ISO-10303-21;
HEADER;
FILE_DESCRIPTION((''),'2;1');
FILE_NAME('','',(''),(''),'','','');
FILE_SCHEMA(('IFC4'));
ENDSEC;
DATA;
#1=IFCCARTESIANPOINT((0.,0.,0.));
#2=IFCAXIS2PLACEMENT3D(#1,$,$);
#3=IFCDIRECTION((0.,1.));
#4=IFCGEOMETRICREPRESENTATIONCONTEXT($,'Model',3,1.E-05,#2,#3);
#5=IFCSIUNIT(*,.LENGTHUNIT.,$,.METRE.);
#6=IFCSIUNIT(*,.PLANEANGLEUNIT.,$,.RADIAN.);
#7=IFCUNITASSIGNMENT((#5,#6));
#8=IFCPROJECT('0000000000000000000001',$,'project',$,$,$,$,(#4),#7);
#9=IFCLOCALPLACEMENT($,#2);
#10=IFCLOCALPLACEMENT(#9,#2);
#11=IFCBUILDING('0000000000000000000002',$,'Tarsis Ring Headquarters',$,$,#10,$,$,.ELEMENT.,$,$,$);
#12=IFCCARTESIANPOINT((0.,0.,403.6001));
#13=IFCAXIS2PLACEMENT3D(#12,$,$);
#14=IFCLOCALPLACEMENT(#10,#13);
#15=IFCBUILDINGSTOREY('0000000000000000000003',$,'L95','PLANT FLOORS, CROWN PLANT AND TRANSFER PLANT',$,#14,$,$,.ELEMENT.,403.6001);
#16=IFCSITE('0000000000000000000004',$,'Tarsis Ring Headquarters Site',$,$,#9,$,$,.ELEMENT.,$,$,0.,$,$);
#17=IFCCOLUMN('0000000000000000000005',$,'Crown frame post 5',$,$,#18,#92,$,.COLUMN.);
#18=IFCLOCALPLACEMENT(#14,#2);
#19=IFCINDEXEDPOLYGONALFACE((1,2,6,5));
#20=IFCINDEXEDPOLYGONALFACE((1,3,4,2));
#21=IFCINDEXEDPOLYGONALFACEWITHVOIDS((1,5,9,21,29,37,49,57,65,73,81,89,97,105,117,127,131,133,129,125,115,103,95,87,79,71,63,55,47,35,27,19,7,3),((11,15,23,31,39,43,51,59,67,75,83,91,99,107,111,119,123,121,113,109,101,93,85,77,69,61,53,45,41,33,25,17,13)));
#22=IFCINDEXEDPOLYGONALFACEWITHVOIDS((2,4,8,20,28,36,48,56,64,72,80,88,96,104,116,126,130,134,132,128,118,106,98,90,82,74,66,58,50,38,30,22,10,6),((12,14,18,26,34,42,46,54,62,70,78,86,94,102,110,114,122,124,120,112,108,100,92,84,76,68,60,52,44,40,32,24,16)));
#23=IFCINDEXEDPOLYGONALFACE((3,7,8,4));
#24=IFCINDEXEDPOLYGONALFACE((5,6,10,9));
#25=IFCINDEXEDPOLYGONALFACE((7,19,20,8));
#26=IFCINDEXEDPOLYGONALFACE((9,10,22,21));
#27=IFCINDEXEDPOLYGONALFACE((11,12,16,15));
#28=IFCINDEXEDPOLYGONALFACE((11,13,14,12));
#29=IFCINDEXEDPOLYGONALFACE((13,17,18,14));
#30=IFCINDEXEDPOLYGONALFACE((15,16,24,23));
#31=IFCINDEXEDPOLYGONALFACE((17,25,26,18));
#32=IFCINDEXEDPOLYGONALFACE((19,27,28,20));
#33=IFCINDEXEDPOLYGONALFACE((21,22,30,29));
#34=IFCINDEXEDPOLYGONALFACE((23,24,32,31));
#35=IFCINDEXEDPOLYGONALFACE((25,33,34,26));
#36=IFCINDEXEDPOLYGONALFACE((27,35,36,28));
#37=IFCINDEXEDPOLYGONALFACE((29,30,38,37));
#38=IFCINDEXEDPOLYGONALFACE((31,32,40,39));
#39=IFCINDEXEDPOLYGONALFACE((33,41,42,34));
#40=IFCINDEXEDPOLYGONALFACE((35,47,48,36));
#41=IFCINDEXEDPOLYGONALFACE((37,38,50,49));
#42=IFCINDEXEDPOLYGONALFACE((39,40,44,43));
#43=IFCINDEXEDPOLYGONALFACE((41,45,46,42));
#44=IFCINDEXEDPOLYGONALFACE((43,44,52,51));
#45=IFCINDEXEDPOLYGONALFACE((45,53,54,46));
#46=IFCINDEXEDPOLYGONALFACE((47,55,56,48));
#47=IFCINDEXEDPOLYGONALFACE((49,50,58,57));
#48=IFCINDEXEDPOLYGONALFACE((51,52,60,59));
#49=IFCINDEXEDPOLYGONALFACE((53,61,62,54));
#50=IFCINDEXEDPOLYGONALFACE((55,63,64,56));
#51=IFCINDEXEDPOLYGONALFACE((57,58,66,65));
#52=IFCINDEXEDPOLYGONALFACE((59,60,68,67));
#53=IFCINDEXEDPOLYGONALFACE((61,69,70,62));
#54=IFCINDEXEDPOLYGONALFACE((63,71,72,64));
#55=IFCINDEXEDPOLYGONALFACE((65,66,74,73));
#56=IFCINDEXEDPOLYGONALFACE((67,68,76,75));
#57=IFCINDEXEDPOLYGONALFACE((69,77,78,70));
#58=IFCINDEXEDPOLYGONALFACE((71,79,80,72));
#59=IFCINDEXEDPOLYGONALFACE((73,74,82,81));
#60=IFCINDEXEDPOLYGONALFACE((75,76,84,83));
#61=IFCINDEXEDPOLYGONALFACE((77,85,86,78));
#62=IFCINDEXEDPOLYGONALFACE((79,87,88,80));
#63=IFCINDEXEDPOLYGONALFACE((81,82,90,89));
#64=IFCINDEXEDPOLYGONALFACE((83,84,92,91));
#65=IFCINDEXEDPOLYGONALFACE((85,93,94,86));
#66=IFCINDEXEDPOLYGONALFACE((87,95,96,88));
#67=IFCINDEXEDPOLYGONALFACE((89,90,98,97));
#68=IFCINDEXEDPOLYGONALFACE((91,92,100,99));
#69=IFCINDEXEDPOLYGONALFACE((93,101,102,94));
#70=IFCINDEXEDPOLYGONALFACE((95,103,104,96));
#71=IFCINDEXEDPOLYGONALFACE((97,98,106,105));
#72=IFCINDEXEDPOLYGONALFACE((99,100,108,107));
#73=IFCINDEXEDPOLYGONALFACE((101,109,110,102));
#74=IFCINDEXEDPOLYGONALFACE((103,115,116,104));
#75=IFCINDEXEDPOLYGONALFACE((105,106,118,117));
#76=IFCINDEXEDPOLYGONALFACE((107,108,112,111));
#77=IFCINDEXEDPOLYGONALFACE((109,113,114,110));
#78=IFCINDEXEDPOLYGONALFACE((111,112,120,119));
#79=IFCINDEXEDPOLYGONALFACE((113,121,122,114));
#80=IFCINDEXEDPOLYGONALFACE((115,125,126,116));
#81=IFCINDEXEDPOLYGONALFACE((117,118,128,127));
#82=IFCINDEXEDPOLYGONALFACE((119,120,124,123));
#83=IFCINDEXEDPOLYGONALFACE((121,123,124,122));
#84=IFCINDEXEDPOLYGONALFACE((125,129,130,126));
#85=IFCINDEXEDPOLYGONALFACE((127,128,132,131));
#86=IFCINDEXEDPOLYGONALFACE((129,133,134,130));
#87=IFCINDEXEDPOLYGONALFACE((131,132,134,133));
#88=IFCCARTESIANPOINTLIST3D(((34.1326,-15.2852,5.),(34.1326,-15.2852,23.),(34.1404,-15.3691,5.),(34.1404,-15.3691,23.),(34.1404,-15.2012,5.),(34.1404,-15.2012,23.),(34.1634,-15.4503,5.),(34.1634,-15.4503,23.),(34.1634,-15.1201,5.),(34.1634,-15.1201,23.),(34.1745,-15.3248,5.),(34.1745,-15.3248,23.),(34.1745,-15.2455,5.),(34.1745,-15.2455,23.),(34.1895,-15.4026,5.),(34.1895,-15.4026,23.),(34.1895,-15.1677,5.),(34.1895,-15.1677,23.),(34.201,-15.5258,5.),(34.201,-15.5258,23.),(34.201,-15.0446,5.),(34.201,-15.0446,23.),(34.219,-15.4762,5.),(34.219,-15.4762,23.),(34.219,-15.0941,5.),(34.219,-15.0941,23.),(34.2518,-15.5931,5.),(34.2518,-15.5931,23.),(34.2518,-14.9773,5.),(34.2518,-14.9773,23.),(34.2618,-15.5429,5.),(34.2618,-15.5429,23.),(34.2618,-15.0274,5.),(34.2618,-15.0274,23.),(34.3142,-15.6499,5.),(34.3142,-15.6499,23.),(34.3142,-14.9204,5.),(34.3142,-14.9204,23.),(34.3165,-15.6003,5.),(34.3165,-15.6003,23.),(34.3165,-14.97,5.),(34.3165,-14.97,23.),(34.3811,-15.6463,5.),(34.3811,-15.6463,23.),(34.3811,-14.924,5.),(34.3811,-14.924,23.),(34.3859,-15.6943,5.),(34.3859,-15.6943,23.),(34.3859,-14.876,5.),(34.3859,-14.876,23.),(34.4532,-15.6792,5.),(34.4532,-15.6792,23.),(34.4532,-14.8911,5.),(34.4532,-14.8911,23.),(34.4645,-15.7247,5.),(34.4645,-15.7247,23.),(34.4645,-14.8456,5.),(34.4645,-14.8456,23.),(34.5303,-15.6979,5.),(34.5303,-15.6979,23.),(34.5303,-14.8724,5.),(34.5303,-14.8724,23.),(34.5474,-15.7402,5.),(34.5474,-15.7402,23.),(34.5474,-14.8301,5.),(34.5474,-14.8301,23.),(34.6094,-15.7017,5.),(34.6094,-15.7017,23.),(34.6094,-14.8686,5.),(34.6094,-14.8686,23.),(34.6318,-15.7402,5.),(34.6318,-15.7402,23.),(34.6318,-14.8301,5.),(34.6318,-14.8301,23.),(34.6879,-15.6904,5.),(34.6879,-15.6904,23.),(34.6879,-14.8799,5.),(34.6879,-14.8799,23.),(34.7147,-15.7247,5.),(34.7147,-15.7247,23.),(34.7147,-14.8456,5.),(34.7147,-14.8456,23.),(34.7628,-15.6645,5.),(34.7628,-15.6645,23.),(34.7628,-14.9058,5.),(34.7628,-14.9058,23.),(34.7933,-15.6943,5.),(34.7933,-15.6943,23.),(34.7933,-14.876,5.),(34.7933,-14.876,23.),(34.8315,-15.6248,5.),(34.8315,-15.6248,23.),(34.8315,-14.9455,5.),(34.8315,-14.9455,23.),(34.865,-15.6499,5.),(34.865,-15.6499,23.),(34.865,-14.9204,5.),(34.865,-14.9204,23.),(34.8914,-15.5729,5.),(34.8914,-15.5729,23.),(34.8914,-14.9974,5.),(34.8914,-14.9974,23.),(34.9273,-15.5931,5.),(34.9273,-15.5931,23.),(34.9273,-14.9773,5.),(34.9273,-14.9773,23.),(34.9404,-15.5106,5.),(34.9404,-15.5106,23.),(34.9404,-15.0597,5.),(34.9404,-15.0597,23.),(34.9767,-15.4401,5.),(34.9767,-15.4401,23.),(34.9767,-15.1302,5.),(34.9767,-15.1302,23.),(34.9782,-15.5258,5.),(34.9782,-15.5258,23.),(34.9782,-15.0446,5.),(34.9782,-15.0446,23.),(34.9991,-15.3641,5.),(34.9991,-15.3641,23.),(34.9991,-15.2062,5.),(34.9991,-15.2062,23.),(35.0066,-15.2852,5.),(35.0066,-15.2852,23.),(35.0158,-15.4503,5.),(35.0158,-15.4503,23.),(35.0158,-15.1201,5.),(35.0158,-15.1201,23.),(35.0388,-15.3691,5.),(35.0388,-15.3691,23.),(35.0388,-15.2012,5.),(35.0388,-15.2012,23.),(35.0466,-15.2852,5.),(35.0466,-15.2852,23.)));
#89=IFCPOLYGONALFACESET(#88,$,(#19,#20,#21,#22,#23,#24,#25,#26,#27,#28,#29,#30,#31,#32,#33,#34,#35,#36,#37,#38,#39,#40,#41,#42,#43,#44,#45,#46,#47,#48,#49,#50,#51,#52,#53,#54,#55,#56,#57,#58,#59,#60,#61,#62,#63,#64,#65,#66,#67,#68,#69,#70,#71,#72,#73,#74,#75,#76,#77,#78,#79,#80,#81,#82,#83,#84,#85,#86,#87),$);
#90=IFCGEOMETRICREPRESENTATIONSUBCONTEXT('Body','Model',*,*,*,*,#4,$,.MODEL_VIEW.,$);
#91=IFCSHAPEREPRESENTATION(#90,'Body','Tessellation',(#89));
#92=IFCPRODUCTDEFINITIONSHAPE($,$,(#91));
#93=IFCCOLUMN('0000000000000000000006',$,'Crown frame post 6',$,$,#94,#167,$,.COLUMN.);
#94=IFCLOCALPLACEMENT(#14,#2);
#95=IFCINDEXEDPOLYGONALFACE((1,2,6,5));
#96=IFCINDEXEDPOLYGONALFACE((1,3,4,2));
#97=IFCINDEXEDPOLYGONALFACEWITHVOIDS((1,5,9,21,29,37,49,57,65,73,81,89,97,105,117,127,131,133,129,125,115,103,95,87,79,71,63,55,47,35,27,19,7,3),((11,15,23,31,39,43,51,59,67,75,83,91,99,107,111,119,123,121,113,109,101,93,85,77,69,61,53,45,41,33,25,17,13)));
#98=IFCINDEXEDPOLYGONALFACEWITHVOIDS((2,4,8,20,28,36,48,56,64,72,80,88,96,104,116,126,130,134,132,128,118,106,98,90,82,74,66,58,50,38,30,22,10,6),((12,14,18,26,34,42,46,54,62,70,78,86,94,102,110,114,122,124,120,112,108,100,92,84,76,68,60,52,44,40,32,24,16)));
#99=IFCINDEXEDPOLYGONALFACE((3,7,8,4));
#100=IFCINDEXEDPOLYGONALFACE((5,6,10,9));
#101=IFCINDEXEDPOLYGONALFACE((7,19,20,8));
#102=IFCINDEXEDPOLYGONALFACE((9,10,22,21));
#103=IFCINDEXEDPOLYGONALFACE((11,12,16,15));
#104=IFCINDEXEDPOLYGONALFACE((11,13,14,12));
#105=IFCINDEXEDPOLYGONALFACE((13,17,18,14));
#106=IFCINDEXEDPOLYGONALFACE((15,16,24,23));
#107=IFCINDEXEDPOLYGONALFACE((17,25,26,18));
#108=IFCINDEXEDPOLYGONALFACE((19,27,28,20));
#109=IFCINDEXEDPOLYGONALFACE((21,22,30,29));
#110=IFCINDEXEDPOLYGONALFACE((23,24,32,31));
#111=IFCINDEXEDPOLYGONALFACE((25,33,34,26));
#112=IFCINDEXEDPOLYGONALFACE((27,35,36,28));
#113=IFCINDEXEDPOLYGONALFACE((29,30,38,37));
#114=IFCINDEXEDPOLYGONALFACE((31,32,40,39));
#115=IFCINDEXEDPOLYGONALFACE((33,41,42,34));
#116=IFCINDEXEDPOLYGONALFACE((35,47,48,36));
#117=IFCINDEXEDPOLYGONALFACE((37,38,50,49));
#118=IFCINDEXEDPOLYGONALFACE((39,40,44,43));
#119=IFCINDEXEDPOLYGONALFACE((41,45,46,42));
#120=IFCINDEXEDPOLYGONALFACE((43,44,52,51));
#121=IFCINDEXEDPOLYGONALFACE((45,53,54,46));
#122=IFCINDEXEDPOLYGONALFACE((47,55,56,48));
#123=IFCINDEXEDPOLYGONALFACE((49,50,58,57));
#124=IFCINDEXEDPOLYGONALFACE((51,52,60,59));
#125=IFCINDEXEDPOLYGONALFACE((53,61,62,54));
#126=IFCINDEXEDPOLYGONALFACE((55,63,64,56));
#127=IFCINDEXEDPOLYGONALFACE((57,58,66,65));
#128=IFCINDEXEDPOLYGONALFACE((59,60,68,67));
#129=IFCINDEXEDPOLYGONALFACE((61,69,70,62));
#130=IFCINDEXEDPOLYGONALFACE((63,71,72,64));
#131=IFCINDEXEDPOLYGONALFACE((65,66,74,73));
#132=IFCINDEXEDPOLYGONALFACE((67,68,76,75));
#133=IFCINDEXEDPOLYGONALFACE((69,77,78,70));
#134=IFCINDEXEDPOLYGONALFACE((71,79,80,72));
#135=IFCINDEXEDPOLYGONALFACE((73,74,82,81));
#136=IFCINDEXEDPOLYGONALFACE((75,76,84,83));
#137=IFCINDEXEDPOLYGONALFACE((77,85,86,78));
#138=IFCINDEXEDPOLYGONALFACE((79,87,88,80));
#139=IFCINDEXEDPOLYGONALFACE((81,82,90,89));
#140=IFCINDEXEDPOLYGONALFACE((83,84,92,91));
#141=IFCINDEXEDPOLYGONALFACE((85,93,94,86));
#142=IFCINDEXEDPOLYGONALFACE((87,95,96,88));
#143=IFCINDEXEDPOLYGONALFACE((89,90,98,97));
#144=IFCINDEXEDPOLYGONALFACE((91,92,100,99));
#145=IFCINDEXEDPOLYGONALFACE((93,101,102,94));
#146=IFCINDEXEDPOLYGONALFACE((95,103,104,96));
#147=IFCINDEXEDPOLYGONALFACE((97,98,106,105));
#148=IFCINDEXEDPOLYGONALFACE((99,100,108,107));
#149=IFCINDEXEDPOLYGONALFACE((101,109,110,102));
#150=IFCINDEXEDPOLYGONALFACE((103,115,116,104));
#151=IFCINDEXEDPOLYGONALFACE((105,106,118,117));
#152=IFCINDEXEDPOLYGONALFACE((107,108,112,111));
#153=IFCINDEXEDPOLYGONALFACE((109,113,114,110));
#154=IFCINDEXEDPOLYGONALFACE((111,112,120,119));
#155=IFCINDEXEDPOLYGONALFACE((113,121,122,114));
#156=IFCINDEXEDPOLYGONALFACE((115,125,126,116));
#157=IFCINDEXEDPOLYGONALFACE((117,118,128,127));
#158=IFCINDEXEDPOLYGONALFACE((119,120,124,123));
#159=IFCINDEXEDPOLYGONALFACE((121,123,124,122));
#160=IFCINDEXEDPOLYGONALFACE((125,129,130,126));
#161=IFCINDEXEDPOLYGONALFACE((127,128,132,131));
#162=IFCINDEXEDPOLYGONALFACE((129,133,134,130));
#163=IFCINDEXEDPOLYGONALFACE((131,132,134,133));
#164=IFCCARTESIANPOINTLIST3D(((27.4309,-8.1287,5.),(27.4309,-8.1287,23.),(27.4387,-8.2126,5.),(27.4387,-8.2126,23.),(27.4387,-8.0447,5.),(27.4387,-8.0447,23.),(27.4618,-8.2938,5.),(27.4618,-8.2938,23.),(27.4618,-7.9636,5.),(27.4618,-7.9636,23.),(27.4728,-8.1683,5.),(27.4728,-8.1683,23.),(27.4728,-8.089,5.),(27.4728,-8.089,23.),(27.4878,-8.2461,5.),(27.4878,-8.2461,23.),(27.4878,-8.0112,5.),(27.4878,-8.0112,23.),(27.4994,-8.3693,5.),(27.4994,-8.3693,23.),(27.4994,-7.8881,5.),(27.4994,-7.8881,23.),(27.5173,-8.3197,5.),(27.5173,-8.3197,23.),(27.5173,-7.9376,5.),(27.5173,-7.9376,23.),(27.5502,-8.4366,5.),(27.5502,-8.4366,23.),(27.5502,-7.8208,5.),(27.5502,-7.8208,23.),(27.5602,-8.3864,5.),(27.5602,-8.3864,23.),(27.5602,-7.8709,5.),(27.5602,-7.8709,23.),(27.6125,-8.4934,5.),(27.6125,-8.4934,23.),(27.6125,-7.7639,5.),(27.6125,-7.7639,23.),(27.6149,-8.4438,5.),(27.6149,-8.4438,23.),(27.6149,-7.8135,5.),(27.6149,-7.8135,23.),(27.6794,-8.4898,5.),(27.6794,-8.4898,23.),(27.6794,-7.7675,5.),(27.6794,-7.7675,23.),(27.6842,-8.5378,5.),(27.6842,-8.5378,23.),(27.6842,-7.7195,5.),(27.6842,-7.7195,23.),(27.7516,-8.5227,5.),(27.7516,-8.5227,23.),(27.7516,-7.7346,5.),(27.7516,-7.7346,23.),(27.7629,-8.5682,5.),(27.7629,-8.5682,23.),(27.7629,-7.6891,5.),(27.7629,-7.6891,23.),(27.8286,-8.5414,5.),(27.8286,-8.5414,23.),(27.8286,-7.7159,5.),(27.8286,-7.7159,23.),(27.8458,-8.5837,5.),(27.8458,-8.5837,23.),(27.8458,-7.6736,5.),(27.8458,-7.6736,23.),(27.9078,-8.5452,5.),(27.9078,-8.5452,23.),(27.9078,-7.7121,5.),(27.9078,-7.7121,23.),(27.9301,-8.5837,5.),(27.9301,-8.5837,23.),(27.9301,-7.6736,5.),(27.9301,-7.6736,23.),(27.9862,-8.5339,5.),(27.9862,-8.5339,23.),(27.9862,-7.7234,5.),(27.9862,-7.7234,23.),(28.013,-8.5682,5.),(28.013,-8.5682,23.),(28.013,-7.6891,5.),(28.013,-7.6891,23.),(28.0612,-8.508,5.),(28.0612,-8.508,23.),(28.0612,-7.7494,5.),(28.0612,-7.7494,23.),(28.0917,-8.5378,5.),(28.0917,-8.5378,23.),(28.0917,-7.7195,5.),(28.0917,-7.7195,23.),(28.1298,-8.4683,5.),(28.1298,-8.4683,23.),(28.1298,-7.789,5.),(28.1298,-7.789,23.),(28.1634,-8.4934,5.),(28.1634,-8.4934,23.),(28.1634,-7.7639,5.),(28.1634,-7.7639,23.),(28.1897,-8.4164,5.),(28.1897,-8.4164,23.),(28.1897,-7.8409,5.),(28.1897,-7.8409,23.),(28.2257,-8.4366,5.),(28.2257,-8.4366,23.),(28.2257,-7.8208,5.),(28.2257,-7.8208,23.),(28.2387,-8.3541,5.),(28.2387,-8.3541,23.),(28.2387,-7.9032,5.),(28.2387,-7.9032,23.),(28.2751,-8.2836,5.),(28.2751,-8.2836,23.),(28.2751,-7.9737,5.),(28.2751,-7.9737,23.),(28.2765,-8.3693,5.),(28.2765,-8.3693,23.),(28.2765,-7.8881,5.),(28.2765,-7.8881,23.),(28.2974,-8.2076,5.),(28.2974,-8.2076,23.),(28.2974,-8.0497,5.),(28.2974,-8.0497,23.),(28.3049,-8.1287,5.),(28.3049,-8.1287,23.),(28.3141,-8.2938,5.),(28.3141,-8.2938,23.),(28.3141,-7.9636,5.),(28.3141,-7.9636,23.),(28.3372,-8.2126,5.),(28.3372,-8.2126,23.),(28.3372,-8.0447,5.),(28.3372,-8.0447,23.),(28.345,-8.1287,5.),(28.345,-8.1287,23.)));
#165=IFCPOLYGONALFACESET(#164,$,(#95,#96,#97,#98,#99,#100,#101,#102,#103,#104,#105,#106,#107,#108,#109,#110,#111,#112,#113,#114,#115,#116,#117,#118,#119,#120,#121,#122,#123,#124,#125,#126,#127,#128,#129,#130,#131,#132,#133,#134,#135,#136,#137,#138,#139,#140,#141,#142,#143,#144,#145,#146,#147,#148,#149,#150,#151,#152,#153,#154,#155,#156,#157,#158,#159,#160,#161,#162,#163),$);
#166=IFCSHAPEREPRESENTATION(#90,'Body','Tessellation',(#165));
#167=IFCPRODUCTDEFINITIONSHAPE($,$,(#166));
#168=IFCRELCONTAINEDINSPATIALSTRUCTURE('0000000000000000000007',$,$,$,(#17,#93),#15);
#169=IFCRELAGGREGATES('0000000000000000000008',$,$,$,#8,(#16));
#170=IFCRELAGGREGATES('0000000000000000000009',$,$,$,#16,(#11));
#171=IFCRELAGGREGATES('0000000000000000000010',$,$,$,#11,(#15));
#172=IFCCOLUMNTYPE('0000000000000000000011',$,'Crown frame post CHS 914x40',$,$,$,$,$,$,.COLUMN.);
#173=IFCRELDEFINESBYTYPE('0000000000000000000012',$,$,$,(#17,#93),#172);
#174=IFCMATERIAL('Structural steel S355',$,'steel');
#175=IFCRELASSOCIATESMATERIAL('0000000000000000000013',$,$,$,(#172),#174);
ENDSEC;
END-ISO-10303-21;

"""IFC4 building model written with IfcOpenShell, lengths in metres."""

from ifc_helpers import new_model, si_unit, direction, frame, origin, origin_2d, place, context, subcontext, project, spatial, hollow_circle, extrude, material, material_profile, profile_set, type_object, element, save


model = new_model("IFC4")

# Units and contexts
model_context = context("Model", 3, precision=1e-05, world=origin(), true_north=direction((0.0, 1.0)))
body_context = subcontext(model_context, "Body", "Model", "MODEL_VIEW")
ifc_project = project(units=[si_unit("LENGTHUNIT", "METRE"), si_unit("PLANEANGLEUNIT", "RADIAN")], contexts=[model_context])

# Site, building, storey
site_placement = place(None, origin())
site = spatial("IfcSite", under=ifc_project, at=site_placement, Name="Tarsis Ring Headquarters Site", CompositionType="ELEMENT", RefElevation=0.0)
building_placement = place(site_placement, origin())
building = spatial("IfcBuilding", under=site, at=building_placement, Name="Tarsis Ring Headquarters", CompositionType="ELEMENT")
storey_placement = place(building_placement, frame((0.0, 0.0, 403.6001)))
storey = spatial("IfcBuildingStorey", under=building, at=storey_placement, Name="L95", Description="PLANT FLOORS, CROWN PLANT AND TRANSFER PLANT", CompositionType="ELEMENT", Elevation=403.6001)

# Columns
ifc_material_1 = material(Name="Structural steel S355", Category="steel")
ifc_material_profile_1 = material_profile(ifc_material_1, hollow_circle(Radius=0.457, WallThickness=0.04, at=origin_2d()), Name="CHS 914x40")
ifc_profile_set_1 = profile_set([ifc_material_profile_1], Name="Structural steel S355")
column_type_1 = type_object("IfcColumnType", Name="Crown frame post CHS 914x40", PredefinedType="COLUMN", material=ifc_profile_set_1)
for number, where, z_axis, x_axis, name in (
    (1, (34.5896, -15.2852, 5.0), (0.0, 0.0, 1.0), (1.0, 0.0, 0.0), "Crown frame post 5"),
    (2, (27.8879, -8.1287, 5.0), (0.0, 0.0, 1.0), (1.0, 0.0, 0.0), "Crown frame post 6"),
):
    element("IfcColumn", number, at=place(storey_placement, frame(where, z_axis=z_axis, x_axis=x_axis)), inside=storey, type_object=column_type_1, Name=name, PredefinedType="COLUMN", context=body_context, shape_type="SweptSolid", body=[
        extrude(hollow_circle(Radius=0.457, WallThickness=0.04, at=origin_2d()), origin(), (0.0, 0.0, 1.0), 18.0),
    ])

save(model, "model.ifc")
